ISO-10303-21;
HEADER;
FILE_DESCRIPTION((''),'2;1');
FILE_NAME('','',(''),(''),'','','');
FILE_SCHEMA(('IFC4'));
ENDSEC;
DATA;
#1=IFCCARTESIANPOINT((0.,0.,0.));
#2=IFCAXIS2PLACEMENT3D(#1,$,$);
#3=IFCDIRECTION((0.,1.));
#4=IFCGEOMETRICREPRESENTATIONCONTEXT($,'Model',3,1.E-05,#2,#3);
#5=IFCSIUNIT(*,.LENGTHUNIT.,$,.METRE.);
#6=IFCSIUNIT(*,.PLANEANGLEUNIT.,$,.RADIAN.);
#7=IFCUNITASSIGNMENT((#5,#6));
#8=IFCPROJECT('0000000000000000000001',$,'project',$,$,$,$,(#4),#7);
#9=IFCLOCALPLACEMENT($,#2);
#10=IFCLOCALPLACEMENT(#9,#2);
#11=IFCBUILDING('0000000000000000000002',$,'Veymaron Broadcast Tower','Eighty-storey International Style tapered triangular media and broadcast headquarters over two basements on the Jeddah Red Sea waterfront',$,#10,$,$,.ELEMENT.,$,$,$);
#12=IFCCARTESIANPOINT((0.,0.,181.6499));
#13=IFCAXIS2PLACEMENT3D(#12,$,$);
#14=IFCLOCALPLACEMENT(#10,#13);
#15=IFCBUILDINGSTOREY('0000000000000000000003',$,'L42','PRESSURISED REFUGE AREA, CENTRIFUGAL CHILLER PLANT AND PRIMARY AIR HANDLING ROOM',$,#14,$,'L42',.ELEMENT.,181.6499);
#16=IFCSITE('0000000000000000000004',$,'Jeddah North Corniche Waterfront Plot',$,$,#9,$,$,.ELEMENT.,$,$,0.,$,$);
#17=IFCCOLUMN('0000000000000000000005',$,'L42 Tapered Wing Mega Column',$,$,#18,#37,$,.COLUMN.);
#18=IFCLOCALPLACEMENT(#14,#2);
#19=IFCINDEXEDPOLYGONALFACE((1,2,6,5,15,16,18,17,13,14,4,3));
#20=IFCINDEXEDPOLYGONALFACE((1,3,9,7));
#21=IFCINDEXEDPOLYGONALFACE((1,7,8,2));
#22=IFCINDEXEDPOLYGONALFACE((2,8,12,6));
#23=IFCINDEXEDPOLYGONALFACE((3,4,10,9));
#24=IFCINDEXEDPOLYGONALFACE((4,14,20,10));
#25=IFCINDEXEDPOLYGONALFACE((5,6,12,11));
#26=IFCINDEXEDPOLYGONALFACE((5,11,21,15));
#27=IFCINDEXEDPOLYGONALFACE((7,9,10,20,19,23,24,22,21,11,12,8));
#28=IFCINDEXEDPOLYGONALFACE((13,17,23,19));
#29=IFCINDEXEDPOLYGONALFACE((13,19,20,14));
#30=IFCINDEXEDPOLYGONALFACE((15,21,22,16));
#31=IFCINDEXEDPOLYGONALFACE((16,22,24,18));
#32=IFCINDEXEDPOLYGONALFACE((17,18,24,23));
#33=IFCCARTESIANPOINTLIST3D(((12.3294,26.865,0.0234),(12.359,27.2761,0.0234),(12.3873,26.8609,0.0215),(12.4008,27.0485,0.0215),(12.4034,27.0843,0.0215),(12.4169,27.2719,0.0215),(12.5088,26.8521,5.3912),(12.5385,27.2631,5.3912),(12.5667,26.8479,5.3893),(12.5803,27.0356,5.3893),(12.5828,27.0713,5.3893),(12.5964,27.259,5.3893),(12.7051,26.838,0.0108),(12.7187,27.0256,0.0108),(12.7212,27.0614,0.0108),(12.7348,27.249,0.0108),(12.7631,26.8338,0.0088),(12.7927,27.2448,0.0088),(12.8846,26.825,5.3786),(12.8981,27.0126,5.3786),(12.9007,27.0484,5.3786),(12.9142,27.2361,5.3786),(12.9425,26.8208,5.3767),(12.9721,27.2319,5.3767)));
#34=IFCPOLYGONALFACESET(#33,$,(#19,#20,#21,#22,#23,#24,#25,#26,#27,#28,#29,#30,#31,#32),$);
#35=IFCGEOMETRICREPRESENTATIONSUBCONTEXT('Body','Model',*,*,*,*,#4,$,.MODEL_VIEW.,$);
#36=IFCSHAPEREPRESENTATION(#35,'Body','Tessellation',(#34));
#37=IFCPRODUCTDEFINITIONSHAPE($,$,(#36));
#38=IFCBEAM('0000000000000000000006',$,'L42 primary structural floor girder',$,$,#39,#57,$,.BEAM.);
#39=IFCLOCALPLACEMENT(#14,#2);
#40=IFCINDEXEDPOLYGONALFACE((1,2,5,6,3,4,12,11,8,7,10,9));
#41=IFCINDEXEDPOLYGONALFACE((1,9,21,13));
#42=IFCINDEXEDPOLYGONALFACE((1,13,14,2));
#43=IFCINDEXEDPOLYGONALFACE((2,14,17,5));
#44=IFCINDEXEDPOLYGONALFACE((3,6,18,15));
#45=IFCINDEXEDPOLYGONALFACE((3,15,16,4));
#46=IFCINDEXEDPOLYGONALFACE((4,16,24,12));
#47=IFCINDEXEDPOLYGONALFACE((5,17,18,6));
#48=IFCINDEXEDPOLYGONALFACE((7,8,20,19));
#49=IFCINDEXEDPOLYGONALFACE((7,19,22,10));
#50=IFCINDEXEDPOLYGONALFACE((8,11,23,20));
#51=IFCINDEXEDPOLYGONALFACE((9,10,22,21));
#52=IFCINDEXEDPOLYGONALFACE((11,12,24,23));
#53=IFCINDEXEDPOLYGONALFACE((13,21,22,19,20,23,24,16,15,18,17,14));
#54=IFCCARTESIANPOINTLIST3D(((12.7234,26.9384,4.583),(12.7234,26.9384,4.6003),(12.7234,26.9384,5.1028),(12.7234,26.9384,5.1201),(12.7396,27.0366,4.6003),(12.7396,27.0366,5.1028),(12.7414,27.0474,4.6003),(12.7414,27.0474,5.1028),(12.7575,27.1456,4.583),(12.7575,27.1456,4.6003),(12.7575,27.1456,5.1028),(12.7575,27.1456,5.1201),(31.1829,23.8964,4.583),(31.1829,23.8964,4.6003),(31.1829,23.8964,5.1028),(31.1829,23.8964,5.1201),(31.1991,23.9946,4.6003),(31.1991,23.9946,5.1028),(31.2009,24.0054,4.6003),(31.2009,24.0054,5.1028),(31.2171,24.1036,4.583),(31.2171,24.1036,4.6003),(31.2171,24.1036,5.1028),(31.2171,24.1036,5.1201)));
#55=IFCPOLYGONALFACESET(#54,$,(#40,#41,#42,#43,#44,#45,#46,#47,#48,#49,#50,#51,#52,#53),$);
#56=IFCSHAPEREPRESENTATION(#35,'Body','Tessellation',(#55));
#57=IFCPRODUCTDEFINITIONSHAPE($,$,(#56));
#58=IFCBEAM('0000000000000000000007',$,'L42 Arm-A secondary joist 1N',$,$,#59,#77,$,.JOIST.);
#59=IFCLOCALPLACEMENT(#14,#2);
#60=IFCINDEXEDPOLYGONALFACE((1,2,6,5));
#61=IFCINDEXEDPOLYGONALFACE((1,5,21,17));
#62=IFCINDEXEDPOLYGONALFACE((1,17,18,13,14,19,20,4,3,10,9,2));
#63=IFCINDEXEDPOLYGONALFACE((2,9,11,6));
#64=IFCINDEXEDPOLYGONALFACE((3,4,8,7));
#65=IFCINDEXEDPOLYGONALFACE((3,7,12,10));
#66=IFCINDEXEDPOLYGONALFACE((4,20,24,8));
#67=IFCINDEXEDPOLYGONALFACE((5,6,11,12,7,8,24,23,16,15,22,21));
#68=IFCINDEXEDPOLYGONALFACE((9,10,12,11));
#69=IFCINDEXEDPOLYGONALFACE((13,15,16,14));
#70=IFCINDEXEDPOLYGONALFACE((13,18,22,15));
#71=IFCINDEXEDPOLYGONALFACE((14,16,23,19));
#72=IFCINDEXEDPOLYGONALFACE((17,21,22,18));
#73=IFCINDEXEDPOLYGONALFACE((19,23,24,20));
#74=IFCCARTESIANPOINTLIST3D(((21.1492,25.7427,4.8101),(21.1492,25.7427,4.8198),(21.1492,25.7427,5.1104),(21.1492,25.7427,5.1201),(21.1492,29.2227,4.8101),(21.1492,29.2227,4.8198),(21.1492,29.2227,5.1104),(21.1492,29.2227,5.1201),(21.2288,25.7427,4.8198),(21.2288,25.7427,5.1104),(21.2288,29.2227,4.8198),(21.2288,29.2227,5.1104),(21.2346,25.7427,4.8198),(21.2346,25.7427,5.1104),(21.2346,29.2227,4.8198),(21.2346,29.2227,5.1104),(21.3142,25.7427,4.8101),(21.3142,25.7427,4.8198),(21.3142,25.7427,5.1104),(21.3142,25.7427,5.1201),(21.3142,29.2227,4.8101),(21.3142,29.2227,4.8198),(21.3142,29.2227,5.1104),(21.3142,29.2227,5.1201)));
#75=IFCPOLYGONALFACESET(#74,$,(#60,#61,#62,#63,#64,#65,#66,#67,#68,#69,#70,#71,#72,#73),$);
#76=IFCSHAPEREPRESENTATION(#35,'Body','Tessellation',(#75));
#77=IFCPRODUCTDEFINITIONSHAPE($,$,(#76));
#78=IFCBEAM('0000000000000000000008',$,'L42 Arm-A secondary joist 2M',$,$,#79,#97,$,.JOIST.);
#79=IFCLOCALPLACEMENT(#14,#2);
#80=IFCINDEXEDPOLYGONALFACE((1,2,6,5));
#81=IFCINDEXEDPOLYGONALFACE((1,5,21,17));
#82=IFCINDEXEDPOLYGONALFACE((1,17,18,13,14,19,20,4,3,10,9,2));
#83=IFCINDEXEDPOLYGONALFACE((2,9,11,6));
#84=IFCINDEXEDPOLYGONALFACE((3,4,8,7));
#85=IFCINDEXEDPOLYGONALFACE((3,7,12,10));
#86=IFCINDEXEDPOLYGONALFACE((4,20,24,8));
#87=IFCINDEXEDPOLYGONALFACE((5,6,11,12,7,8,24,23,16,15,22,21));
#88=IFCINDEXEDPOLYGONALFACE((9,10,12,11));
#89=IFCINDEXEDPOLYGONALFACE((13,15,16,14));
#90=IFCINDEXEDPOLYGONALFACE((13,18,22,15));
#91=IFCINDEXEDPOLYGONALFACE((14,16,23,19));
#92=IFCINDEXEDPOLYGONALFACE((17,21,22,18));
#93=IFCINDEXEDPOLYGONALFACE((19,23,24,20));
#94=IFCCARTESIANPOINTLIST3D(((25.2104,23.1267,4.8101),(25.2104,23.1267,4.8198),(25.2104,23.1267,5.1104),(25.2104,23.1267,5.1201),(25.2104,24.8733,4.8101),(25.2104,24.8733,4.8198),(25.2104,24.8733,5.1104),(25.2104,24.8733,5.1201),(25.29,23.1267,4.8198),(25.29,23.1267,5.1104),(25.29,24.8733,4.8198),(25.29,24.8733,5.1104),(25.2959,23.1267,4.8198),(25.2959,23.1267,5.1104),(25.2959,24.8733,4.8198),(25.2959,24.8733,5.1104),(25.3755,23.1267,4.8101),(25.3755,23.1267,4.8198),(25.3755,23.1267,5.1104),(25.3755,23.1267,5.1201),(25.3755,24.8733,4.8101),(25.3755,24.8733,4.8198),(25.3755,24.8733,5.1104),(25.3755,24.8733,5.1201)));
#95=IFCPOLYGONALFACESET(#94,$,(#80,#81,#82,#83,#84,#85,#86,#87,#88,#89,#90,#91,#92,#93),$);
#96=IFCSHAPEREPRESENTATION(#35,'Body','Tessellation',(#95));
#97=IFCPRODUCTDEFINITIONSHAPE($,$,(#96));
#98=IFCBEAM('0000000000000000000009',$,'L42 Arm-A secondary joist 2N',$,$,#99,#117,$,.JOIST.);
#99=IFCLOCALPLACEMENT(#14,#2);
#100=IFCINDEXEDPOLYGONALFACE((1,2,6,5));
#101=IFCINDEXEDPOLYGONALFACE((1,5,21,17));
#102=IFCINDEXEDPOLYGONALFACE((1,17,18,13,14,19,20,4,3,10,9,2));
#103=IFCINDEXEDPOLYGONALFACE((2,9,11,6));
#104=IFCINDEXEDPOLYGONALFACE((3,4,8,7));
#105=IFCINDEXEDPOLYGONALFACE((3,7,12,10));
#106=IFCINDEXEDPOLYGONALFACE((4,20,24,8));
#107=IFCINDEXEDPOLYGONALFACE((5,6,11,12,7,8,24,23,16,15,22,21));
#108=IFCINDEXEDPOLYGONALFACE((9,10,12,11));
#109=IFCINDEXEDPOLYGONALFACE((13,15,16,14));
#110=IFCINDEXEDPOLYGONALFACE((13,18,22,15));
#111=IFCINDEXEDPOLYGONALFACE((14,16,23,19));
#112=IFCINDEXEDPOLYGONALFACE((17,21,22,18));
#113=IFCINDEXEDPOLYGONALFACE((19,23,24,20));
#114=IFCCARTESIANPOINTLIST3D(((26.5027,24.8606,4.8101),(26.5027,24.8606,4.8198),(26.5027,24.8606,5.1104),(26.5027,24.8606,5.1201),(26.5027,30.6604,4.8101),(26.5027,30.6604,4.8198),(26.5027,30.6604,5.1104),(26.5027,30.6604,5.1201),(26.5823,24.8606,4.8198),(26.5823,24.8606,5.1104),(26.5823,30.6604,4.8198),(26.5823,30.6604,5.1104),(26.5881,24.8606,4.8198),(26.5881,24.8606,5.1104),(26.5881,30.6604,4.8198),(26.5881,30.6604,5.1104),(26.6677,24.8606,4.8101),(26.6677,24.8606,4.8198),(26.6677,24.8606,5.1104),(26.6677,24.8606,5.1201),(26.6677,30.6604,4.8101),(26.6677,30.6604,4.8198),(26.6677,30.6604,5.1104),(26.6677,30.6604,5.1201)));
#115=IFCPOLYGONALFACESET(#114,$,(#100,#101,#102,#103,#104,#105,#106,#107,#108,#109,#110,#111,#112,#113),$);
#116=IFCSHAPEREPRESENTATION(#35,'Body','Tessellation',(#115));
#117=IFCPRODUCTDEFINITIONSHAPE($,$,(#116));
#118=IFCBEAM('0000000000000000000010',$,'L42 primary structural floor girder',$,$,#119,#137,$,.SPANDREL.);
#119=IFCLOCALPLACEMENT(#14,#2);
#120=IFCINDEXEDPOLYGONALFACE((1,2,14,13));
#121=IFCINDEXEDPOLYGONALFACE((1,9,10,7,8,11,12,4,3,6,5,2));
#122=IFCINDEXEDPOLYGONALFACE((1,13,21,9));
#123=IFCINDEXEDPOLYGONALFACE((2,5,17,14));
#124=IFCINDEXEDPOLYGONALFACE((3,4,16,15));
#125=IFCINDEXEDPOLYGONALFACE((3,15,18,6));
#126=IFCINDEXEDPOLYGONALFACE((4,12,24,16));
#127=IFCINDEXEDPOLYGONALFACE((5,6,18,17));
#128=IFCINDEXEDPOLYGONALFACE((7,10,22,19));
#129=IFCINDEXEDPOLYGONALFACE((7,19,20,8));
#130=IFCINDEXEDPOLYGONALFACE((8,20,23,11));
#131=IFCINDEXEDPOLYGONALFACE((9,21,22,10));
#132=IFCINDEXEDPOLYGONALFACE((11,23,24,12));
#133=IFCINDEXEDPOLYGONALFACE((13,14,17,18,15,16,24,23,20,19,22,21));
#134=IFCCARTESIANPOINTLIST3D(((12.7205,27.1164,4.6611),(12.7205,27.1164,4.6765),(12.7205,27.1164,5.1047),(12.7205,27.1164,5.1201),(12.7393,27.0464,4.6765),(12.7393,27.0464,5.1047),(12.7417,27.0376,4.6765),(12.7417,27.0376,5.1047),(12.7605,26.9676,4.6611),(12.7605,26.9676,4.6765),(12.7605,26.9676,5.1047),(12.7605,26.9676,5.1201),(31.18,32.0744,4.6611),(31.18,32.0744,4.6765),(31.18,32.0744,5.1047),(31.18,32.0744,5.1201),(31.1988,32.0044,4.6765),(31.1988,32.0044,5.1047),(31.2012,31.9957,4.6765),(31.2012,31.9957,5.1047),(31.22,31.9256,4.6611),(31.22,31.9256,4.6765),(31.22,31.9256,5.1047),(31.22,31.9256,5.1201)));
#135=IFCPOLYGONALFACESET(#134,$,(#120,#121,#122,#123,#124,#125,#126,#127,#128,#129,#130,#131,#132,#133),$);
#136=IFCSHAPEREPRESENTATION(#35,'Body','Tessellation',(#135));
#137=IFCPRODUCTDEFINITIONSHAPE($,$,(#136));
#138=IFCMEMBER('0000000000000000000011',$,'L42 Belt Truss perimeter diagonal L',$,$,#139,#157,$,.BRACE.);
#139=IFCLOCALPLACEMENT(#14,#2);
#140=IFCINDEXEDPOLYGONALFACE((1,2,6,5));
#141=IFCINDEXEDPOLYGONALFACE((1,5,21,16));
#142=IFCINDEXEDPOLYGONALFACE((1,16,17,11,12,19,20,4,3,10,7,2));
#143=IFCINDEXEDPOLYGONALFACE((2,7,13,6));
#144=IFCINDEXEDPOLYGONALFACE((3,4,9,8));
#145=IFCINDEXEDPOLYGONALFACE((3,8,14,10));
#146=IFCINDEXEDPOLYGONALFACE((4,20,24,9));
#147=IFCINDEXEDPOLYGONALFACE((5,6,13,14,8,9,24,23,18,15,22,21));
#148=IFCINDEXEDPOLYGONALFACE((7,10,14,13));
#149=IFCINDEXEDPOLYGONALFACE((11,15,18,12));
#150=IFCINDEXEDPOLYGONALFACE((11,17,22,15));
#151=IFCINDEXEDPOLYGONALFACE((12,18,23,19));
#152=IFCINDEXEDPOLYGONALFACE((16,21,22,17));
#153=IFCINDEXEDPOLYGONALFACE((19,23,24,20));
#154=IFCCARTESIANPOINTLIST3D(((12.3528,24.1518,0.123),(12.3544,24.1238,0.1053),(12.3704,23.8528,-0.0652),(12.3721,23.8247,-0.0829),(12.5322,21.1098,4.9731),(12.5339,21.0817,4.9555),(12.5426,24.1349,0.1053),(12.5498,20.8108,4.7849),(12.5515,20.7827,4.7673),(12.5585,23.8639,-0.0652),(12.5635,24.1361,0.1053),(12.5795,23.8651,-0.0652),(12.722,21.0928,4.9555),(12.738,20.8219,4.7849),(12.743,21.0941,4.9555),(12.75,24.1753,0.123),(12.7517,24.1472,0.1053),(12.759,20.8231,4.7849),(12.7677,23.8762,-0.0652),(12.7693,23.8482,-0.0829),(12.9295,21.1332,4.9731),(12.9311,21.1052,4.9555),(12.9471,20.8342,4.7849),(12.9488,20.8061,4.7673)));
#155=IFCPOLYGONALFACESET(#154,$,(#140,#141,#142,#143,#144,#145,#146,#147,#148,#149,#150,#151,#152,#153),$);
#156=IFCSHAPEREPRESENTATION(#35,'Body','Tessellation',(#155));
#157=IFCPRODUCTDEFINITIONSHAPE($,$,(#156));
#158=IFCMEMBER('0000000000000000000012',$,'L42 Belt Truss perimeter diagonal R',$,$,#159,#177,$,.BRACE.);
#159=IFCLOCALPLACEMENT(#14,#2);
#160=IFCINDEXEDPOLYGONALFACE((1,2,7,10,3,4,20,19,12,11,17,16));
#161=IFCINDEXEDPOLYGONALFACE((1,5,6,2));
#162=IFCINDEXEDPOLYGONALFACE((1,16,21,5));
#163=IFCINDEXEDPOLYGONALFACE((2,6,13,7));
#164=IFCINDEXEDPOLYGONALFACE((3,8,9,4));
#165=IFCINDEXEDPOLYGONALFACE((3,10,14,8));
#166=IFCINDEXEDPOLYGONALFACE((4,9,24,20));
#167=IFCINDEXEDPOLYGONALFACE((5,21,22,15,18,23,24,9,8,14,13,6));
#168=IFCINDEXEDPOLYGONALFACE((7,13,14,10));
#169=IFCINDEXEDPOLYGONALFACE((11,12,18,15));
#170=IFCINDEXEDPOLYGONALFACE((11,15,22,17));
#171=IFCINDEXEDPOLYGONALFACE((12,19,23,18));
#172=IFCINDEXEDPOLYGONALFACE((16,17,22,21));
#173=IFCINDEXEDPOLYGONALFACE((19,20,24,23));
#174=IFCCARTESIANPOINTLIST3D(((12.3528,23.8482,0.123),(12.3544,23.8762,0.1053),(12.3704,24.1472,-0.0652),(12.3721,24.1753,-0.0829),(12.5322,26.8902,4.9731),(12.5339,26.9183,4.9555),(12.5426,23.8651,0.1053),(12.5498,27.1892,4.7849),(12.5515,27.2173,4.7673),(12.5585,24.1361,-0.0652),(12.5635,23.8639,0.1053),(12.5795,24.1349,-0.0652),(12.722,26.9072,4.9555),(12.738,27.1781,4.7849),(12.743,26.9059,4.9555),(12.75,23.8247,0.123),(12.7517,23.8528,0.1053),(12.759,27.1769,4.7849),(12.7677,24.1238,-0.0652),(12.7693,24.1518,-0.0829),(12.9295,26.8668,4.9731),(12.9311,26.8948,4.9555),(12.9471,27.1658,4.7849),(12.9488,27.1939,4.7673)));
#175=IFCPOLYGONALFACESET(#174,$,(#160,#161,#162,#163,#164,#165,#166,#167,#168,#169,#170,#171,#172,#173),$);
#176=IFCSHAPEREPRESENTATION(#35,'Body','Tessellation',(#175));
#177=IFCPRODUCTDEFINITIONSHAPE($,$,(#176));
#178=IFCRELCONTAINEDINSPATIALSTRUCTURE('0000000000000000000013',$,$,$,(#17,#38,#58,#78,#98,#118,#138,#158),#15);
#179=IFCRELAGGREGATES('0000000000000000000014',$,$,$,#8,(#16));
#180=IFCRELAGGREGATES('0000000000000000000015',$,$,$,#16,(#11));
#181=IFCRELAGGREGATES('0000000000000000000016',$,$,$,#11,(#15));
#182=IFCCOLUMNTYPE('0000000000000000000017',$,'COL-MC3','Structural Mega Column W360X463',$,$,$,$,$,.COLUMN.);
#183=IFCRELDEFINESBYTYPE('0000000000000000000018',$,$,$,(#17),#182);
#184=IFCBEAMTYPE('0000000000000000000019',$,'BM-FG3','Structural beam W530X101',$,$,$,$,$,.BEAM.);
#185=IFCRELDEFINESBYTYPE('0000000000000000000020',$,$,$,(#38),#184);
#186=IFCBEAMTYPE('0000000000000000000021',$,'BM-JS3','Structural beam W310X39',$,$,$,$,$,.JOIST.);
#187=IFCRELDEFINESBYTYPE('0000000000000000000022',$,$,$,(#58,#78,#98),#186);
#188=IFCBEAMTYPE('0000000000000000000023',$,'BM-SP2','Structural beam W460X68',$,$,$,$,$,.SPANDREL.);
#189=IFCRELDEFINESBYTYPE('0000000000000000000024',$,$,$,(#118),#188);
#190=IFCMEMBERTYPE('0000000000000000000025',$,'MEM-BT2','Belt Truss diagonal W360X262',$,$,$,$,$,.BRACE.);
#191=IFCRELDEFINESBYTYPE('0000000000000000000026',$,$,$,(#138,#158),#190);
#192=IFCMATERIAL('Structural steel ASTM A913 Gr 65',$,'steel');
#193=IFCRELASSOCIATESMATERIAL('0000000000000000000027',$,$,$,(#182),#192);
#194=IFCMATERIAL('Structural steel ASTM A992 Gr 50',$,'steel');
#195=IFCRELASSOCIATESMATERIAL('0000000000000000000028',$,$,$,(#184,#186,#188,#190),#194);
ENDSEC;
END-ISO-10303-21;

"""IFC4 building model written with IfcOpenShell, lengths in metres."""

from ifc_helpers import new_model, si_unit, direction, frame, origin, origin_2d, place, context, subcontext, project, spatial, i_section, extrude, material, material_profile, profile_set, type_object, element, save


model = new_model("IFC4")

# Units and contexts
model_context = context("Model", 3, precision=1e-05, world=origin(), true_north=direction((0.0, 1.0)))
body_context = subcontext(model_context, "Body", "Model", "MODEL_VIEW")
ifc_project = project(units=[si_unit("LENGTHUNIT", "METRE"), si_unit("PLANEANGLEUNIT", "RADIAN")], contexts=[model_context])

# Site, building, storey
site_placement = place(None, origin())
site = spatial("IfcSite", under=ifc_project, at=site_placement, Name="Jeddah North Corniche Waterfront Plot", CompositionType="ELEMENT", RefElevation=0.0)
building_placement = place(site_placement, origin())
building = spatial("IfcBuilding", under=site, at=building_placement, Name="Veymaron Broadcast Tower", Description="Eighty-storey International Style tapered triangular media and broadcast headquarters over two basements on the Jeddah Red Sea waterfront", CompositionType="ELEMENT")
storey_placement = place(building_placement, frame((0.0, 0.0, 181.6499)))
storey = spatial("IfcBuildingStorey", under=building, at=storey_placement, Name="L42", Description="PRESSURISED REFUGE AREA, CENTRIFUGAL CHILLER PLANT AND PRIMARY AIR HANDLING ROOM", LongName="L42", CompositionType="ELEMENT", Elevation=181.6499)

# Column
ifc_material_1 = material(Name="Structural steel ASTM A913 Gr 65", Category="steel")
ifc_material_profile_1 = material_profile(ifc_material_1, i_section(OverallWidth=0.4121, OverallDepth=0.4351, WebThickness=0.0359, FlangeThickness=0.0581, at=origin_2d()), Name="W360X463")
ifc_profile_set_1 = profile_set([ifc_material_profile_1], Name="Structural steel ASTM A913 Gr 65")
column_type = type_object("IfcColumnType", Name="COL-MC3", Description="Structural Mega Column W360X463", PredefinedType="COLUMN", material=ifc_profile_set_1)
column_placement = place(storey_placement, frame((12.561, 27.0549, 0.0161), z_axis=(0.03341, -0.002409, 0.999439), x_axis=(0.071922, 0.99741, 0.0)))
element("IfcColumn", 1, at=column_placement, inside=storey, type_object=column_type, Name="L42 Tapered Wing Mega Column", PredefinedType="COLUMN", context=body_context, shape_type="SweptSolid", body=[
    extrude(i_section(OverallWidth=0.4121, OverallDepth=0.4351, WebThickness=0.0359, FlangeThickness=0.0581, at=origin_2d()), origin(), (0.0, 0.0, 1.0), 5.3708),
])

# Beams
ifc_material_2 = material(Name="Structural steel ASTM A992 Gr 50", Category="steel")
ifc_material_profile_2 = material_profile(ifc_material_2, i_section(OverallWidth=0.21, OverallDepth=0.5371, WebThickness=0.011, FlangeThickness=0.0173, at=origin_2d()), Name="W530X101")
ifc_profile_set_2 = profile_set([ifc_material_profile_2], Name="Structural steel ASTM A992 Gr 50")
beam_type_1 = type_object("IfcBeamType", Name="BM-FG3", Description="Structural beam W530X101", PredefinedType="BEAM", material=ifc_profile_set_2)
beam_1_placement = place(storey_placement, frame((12.7405, 27.042, 4.8516), z_axis=(0.986692, -0.1626, 0.0), x_axis=(0.1626, 0.986692, 0.0)))
element("IfcBeam", 2, at=beam_1_placement, inside=storey, type_object=beam_type_1, Name="L42 primary structural floor girder", PredefinedType="BEAM", context=body_context, shape_type="SweptSolid", body=[
    extrude(i_section(OverallWidth=0.21, OverallDepth=0.5371, WebThickness=0.011, FlangeThickness=0.0173, at=origin_2d()), origin(), (0.0, 0.0, 1.0), 18.7085),
])
ifc_material_profile_3 = material_profile(ifc_material_2, i_section(OverallWidth=0.165, OverallDepth=0.3101, WebThickness=0.0059, FlangeThickness=0.0098, at=origin_2d()), Name="W310X39")
ifc_profile_set_3 = profile_set([ifc_material_profile_3], Name="Structural steel ASTM A992 Gr 50")
beam_type_2 = type_object("IfcBeamType", Name="BM-JS3", Description="Structural beam W310X39", PredefinedType="JOIST", material=ifc_profile_set_3)
beam_2_placement = place(storey_placement, frame((21.2317, 25.7427, 4.9651), z_axis=(0.0, 1.0, 0.0), x_axis=(-1.0, 0.0, 0.0)))
element("IfcBeam", 3, at=beam_2_placement, inside=storey, type_object=beam_type_2, Name="L42 Arm-A secondary joist 1N", PredefinedType="JOIST", context=body_context, shape_type="SweptSolid", body=[
    extrude(i_section(OverallWidth=0.165, OverallDepth=0.3101, WebThickness=0.0059, FlangeThickness=0.0098, at=origin_2d()), origin(), (0.0, 0.0, 1.0), 3.48),
])
beam_3_placement = place(storey_placement, frame((25.293, 23.1267, 4.9651), z_axis=(0.0, 1.0, 0.0), x_axis=(-1.0, 0.0, 0.0)))
element("IfcBeam", 4, at=beam_3_placement, inside=storey, type_object=beam_type_2, Name="L42 Arm-A secondary joist 2M", PredefinedType="JOIST", context=body_context, shape_type="SweptSolid", body=[
    extrude(i_section(OverallWidth=0.165, OverallDepth=0.3101, WebThickness=0.0059, FlangeThickness=0.0098, at=origin_2d()), origin(), (0.0, 0.0, 1.0), 1.7466),
])
beam_4_placement = place(storey_placement, frame((26.5852, 24.8606, 4.9651), z_axis=(0.0, 1.0, 0.0), x_axis=(-1.0, 0.0, 0.0)))
element("IfcBeam", 5, at=beam_4_placement, inside=storey, type_object=beam_type_2, Name="L42 Arm-A secondary joist 2N", PredefinedType="JOIST", context=body_context, shape_type="SweptSolid", body=[
    extrude(i_section(OverallWidth=0.165, OverallDepth=0.3101, WebThickness=0.0059, FlangeThickness=0.0098, at=origin_2d()), origin(), (0.0, 0.0, 1.0), 5.7998),
])
ifc_material_profile_4 = material_profile(ifc_material_2, i_section(OverallWidth=0.1541, OverallDepth=0.459, WebThickness=0.009, FlangeThickness=0.0154, at=origin_2d()), Name="W460X68")
ifc_profile_set_4 = profile_set([ifc_material_profile_4], Name="Structural steel ASTM A992 Gr 50")
beam_type_3 = type_object("IfcBeamType", Name="BM-SP2", Description="Structural beam W460X68", PredefinedType="SPANDREL", material=ifc_profile_set_4)
beam_5_placement = place(storey_placement, frame((12.7405, 27.042, 4.8906), z_axis=(0.965771, 0.259395, 0.0), x_axis=(-0.259395, 0.965771, 0.0)))
element("IfcBeam", 6, at=beam_5_placement, inside=storey, type_object=beam_type_3, Name="L42 primary structural floor girder", PredefinedType="SPANDREL", context=body_context, shape_type="SweptSolid", body=[
    extrude(i_section(OverallWidth=0.1541, OverallDepth=0.459, WebThickness=0.009, FlangeThickness=0.0154, at=origin_2d()), origin(), (0.0, 0.0, 1.0), 19.1138),
])

# Members
ifc_material_profile_5 = material_profile(ifc_material_2, i_section(OverallWidth=0.3979, OverallDepth=0.387, WebThickness=0.021, FlangeThickness=0.0332, at=origin_2d()), Name="W360X262")
ifc_profile_set_5 = profile_set([ifc_material_profile_5], Name="Structural steel ASTM A992 Gr 50")
member_type = type_object("IfcMemberType", Name="MEM-BT2", Description="Belt Truss diagonal W360X262", PredefinedType="BRACE", material=ifc_profile_set_5)
for number, where, z_axis, x_axis, name in (
    (7, (12.561, 24.0, 0.02), (0.031328, -0.531079, 0.846743), (0.998265, 0.058886, 0.0), "L42 Belt Truss perimeter diagonal L"),
    (8, (12.561, 24.0, 0.02), (0.031328, 0.531079, 0.846743), (-0.998265, 0.058886, 0.0), "L42 Belt Truss perimeter diagonal R"),
):
    element("IfcMember", number, at=place(storey_placement, frame(where, z_axis=z_axis, x_axis=x_axis)), inside=storey, type_object=member_type, Name=name, PredefinedType="BRACE", context=body_context, shape_type="SweptSolid", body=[
        extrude(i_section(OverallWidth=0.3979, OverallDepth=0.387, WebThickness=0.021, FlangeThickness=0.0332, at=origin_2d()), origin(), (0.0, 0.0, 1.0), 5.728),
    ])

save(model, "model.ifc")
